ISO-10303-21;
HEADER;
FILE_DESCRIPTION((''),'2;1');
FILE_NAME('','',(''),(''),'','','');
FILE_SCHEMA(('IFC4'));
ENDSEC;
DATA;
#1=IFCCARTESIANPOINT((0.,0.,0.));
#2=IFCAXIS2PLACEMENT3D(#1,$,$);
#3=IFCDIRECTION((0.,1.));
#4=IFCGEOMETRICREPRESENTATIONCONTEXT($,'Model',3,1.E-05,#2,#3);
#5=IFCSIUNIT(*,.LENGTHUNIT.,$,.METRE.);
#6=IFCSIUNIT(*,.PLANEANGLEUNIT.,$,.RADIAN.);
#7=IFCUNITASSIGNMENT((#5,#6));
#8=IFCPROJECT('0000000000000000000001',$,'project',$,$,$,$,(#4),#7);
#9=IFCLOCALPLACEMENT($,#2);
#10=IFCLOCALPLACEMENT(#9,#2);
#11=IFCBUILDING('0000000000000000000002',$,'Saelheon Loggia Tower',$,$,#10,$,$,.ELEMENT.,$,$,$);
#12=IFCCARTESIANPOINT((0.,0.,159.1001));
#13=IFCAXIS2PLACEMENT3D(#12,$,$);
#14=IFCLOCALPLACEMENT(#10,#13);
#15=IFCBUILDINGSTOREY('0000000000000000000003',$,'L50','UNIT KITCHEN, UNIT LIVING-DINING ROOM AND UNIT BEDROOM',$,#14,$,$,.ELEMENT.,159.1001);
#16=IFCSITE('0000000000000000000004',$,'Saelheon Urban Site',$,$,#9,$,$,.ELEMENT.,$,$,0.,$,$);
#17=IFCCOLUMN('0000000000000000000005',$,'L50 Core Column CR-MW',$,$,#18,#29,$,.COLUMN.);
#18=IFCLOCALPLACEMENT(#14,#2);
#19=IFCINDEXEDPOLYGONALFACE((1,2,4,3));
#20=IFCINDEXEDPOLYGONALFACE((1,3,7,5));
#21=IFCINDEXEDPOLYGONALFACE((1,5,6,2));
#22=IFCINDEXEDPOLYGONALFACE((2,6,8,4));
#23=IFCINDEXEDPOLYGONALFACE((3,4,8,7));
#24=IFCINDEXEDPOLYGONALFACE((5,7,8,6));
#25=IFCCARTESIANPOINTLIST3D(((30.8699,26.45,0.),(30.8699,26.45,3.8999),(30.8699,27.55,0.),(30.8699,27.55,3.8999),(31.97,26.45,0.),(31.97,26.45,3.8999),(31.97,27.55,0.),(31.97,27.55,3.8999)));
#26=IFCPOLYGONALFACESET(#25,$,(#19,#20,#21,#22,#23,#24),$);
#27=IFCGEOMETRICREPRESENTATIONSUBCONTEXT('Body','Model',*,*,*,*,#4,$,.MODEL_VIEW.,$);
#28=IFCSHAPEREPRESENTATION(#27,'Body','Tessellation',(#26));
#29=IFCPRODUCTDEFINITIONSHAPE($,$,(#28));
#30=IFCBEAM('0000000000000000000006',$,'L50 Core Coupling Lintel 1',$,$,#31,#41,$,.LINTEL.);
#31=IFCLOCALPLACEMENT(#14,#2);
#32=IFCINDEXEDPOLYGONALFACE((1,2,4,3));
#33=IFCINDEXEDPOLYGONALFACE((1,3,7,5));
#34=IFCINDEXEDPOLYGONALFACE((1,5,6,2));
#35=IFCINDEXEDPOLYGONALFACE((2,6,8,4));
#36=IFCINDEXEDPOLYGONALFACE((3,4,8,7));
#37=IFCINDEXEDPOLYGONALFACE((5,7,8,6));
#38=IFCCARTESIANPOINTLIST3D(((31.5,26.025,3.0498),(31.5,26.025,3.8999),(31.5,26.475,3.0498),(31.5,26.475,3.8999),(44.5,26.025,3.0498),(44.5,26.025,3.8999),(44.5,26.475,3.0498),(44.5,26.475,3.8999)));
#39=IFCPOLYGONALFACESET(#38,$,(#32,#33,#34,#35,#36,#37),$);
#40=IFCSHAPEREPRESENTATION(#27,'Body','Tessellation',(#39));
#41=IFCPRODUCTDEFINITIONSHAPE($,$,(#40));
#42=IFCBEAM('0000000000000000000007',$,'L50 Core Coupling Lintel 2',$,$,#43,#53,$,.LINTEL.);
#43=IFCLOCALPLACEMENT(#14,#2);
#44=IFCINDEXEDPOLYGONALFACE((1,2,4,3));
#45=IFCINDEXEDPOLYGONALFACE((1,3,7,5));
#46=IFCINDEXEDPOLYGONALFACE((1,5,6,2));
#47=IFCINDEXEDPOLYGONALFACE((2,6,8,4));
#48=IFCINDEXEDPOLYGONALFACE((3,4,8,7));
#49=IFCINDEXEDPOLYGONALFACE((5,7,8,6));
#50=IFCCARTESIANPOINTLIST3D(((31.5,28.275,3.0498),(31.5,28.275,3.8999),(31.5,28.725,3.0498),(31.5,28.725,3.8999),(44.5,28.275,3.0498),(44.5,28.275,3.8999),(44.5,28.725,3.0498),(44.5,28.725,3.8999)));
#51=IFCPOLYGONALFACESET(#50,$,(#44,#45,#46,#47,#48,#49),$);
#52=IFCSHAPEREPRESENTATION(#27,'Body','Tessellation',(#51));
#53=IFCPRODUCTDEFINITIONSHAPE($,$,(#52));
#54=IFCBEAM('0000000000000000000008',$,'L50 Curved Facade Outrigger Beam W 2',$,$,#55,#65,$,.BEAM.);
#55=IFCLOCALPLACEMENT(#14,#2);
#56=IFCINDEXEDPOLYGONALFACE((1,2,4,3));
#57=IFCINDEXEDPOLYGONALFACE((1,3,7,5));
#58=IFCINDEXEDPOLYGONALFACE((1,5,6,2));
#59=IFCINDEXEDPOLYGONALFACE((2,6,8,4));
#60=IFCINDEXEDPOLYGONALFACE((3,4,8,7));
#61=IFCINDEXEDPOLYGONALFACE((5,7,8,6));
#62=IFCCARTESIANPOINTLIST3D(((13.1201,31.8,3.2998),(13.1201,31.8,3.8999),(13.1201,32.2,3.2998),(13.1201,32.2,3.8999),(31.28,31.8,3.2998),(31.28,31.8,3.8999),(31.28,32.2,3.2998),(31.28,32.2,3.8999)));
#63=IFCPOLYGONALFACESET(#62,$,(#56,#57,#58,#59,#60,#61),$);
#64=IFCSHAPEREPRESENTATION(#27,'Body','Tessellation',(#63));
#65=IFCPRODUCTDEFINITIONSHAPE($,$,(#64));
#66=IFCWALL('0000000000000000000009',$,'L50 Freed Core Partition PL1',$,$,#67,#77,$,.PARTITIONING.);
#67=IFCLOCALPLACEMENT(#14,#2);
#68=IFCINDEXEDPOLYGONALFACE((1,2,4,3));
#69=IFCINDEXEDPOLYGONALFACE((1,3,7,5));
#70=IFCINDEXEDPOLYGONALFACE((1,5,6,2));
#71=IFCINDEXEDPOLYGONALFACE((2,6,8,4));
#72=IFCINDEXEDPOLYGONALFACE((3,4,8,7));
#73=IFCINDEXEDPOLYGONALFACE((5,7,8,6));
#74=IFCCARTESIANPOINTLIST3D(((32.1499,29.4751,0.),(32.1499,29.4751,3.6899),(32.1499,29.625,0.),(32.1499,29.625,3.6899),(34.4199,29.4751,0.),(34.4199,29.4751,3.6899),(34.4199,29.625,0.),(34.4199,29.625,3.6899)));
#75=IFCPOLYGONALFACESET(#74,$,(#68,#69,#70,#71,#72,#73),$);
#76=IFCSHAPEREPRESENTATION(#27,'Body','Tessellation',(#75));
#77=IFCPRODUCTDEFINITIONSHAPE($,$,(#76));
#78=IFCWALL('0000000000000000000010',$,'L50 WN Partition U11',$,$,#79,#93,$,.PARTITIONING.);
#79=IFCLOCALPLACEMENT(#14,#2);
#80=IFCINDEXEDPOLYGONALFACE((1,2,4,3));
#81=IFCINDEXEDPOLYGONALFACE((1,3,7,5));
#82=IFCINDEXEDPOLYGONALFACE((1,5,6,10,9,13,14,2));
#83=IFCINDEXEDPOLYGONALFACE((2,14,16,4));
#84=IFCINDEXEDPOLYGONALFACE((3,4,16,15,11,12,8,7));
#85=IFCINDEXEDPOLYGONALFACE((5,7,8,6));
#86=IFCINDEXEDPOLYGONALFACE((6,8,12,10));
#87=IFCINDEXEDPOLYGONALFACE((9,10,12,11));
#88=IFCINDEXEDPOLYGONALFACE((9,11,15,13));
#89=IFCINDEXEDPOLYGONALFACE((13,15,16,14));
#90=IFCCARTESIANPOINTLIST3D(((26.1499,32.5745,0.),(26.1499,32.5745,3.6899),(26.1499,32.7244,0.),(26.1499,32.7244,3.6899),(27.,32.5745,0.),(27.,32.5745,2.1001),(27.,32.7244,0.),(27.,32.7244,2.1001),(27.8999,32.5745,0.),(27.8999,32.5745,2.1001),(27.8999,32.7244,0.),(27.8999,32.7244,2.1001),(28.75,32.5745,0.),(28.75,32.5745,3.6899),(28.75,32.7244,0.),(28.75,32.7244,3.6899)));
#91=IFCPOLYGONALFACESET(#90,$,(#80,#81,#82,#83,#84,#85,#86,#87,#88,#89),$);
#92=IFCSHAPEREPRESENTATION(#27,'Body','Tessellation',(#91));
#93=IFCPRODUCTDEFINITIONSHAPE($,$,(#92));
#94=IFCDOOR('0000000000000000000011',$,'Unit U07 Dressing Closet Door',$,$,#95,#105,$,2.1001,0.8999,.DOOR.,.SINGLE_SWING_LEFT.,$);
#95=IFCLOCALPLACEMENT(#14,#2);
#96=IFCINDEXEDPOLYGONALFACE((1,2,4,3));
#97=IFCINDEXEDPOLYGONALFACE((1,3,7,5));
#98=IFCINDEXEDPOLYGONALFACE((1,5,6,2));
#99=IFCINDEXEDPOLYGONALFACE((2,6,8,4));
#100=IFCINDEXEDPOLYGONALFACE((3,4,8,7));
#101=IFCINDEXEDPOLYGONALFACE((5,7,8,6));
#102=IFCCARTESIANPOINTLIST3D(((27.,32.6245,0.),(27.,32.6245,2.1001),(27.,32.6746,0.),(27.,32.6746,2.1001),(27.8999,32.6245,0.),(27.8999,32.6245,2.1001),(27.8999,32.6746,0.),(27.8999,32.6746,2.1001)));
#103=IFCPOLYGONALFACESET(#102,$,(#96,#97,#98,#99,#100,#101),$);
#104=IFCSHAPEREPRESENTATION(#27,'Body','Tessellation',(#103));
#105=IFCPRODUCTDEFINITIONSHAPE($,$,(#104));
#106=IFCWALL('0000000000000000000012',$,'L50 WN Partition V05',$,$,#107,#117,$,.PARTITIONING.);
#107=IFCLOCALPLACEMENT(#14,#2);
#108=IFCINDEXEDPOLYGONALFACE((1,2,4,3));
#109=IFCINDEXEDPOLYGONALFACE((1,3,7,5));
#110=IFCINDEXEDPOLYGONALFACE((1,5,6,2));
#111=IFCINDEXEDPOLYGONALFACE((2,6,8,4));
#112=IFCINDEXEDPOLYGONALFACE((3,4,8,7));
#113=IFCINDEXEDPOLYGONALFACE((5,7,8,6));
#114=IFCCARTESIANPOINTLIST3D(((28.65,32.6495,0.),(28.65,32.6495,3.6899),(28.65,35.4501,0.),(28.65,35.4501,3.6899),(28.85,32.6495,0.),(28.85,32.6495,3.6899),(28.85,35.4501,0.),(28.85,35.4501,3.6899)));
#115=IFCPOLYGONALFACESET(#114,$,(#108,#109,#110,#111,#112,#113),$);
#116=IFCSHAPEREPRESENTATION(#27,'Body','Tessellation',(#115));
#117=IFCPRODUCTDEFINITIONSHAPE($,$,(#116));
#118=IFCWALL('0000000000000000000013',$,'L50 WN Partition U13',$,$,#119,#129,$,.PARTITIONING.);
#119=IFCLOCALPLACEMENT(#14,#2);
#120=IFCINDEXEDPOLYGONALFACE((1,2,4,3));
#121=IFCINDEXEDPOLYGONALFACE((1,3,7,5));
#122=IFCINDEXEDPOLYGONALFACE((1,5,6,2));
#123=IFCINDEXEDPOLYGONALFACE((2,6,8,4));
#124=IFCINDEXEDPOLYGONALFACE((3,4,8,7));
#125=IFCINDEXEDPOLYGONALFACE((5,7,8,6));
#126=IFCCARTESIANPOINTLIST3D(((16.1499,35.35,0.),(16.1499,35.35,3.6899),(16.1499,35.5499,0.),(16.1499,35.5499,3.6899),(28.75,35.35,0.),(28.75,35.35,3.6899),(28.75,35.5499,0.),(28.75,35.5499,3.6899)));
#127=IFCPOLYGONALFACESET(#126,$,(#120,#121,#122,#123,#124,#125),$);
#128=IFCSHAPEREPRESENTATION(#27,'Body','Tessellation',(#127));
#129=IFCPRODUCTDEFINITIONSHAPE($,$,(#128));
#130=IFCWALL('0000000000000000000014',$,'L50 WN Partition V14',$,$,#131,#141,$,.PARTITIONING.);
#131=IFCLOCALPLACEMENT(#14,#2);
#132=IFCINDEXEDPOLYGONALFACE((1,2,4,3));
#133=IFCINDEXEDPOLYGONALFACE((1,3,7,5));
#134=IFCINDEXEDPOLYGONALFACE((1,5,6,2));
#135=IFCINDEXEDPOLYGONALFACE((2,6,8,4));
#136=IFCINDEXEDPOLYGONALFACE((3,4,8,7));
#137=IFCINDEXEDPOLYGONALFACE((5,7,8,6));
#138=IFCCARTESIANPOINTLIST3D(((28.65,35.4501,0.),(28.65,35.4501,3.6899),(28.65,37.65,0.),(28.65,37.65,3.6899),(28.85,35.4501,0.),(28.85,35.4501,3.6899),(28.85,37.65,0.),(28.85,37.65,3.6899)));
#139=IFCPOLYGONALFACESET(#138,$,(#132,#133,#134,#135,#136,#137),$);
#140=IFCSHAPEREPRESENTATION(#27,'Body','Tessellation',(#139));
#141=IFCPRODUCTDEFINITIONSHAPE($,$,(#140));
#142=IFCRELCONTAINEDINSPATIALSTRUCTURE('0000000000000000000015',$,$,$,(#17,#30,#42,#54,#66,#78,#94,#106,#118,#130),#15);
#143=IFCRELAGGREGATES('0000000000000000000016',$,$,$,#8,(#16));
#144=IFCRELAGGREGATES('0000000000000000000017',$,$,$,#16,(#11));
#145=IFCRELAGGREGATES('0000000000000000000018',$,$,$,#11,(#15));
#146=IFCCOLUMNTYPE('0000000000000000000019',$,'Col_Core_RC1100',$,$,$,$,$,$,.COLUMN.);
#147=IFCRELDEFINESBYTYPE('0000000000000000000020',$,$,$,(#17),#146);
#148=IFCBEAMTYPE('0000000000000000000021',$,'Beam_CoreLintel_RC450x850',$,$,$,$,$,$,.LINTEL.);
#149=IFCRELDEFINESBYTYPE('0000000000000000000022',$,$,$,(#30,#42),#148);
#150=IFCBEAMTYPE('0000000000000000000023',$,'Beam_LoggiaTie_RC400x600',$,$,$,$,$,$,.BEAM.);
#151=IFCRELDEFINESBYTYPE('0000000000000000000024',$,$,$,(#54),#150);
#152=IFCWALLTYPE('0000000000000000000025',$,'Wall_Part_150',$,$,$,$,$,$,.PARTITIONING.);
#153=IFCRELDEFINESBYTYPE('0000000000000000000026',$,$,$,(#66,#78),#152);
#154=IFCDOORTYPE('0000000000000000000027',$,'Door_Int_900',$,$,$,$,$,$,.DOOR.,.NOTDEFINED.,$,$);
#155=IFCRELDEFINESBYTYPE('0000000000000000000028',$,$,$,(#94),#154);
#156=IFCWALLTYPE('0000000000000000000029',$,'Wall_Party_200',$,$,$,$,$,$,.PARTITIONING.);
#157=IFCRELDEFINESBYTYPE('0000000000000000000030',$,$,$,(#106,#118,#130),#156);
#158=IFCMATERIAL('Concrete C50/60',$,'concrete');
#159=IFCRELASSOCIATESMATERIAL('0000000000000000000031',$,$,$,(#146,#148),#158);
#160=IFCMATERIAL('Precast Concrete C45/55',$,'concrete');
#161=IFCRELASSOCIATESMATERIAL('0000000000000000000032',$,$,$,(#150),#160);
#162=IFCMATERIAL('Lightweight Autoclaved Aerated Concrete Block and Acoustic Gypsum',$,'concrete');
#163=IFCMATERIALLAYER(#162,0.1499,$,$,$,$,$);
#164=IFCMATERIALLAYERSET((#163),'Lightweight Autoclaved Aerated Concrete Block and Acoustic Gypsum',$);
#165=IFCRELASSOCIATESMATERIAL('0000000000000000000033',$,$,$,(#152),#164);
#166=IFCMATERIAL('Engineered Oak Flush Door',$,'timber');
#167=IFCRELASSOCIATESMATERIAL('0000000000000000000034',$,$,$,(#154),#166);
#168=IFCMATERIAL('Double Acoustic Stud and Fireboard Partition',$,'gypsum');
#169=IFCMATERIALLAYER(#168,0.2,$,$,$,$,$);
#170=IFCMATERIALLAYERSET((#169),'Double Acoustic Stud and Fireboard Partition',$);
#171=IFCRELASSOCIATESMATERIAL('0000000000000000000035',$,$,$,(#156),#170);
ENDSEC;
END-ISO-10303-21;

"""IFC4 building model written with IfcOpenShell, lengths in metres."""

from ifc_helpers import new_model, si_unit, direction, frame, frame_2d, origin, origin_2d, place, context, subcontext, project, spatial, rectangle, extrude, source, transform, mapped, material, layer, layer_set, material_profile, profile_set, type_object, element, fill, save


model = new_model("IFC4")

# Units and contexts
model_context = context("Model", 3, precision=1e-05, world=origin(), true_north=direction((0.0, 1.0)))
body_context = subcontext(model_context, "Body", "Model", "MODEL_VIEW")
ifc_project = project(units=[si_unit("LENGTHUNIT", "METRE"), si_unit("PLANEANGLEUNIT", "RADIAN")], contexts=[model_context])

# Site, building, storey
site_placement = place(None, origin())
site = spatial("IfcSite", under=ifc_project, at=site_placement, Name="Saelheon Urban Site", CompositionType="ELEMENT", RefElevation=0.0)
building_placement = place(site_placement, origin())
building = spatial("IfcBuilding", under=site, at=building_placement, Name="Saelheon Loggia Tower", CompositionType="ELEMENT")
storey_placement = place(building_placement, frame((0.0, 0.0, 159.1001)))
storey = spatial("IfcBuildingStorey", under=building, at=storey_placement, Name="L50", Description="UNIT KITCHEN, UNIT LIVING-DINING ROOM AND UNIT BEDROOM", CompositionType="ELEMENT", Elevation=159.1001)

# Column
ifc_material_1 = material(Name="Concrete C50/60", Category="concrete")
ifc_material_profile_1 = material_profile(ifc_material_1, rectangle(XDim=1.1001, YDim=1.1001, at=origin_2d()), Name="RC-1100x1100")
ifc_profile_set_1 = profile_set([ifc_material_profile_1], Name="Concrete C50/60")
column_type = type_object("IfcColumnType", Name="Col_Core_RC1100", PredefinedType="COLUMN", material=ifc_profile_set_1)
shared_shape_1 = source(origin(), body_context, "Body", "SweptSolid", [
    extrude(rectangle(XDim=1.1001, YDim=1.1001, at=origin_2d()), origin(), (0.0, 0.0, 1.0), 3.8999),
])
column_placement = place(storey_placement, frame((31.4199, 27.0, 0.0), z_axis=(0.0, 0.0, 1.0), x_axis=(1.0, 0.0, 0.0)))
element("IfcColumn", 1, at=column_placement, inside=storey, type_object=column_type, Name="L50 Core Column CR-MW", PredefinedType="COLUMN", context=body_context, shape_type="MappedRepresentation", body=[
    mapped(shared_shape_1, transform((0.0, 0.0, 0.0), scale=1.0)),
])

# Beams
ifc_material_profile_2 = material_profile(ifc_material_1, rectangle(XDim=0.45, YDim=0.8501, at=origin_2d()), Name="RC-450x850")
ifc_profile_set_2 = profile_set([ifc_material_profile_2], Name="Concrete C50/60")
beam_type_1 = type_object("IfcBeamType", Name="Beam_CoreLintel_RC450x850", PredefinedType="LINTEL", material=ifc_profile_set_2)
shared_shape_2 = source(origin(), body_context, "Body", "SweptSolid", [
    extrude(rectangle(XDim=0.45, YDim=0.8501, at=origin_2d()), origin(), (0.0, 0.0, 1.0), 13.0),
])
for number, where, z_axis, x_axis, name in (
    (2, (31.5, 26.25, 3.4749), (1.0, 0.0, 0.0), (0.0, 1.0, 0.0), "L50 Core Coupling Lintel 1"),
    (3, (31.5, 28.5, 3.4749), (1.0, 0.0, 0.0), (0.0, 1.0, 0.0), "L50 Core Coupling Lintel 2"),
):
    element("IfcBeam", number, at=place(storey_placement, frame(where, z_axis=z_axis, x_axis=x_axis)), inside=storey, type_object=beam_type_1, Name=name, PredefinedType="LINTEL", context=body_context, shape_type="MappedRepresentation", body=[
        mapped(shared_shape_2, transform((0.0, 0.0, 0.0), scale=1.0)),
    ])
ifc_material_2 = material(Name="Precast Concrete C45/55", Category="concrete")
ifc_material_profile_3 = material_profile(ifc_material_2, rectangle(XDim=0.3999, YDim=0.6001, at=origin_2d()), Name="RC-400x600")
ifc_profile_set_3 = profile_set([ifc_material_profile_3], Name="Precast Concrete C45/55")
beam_type_2 = type_object("IfcBeamType", Name="Beam_LoggiaTie_RC400x600", PredefinedType="BEAM", material=ifc_profile_set_3)
shared_shape_3 = source(origin(), body_context, "Body", "SweptSolid", [
    extrude(rectangle(XDim=0.3999, YDim=0.6001, at=origin_2d()), origin(), (0.0, 0.0, 1.0), 18.1599),
])
beam_placement = place(storey_placement, frame((31.28, 32.0, 3.5999), z_axis=(-1.0, 0.0, 0.0), x_axis=(0.0, -1.0, 0.0)))
element("IfcBeam", 4, at=beam_placement, inside=storey, type_object=beam_type_2, Name="L50 Curved Facade Outrigger Beam W 2", PredefinedType="BEAM", context=body_context, shape_type="MappedRepresentation", body=[
    mapped(shared_shape_3, transform((0.0, 0.0, 0.0), scale=1.0)),
])

# Wall
ifc_material_3 = material(Name="Lightweight Autoclaved Aerated Concrete Block and Acoustic Gypsum", Category="concrete")
ifc_layer_1 = layer(ifc_material_3, 0.1499)
ifc_layer_set_1 = layer_set([ifc_layer_1], Name="Lightweight Autoclaved Aerated Concrete Block and Acoustic Gypsum")
wall_type_1 = type_object("IfcWallType", Name="Wall_Part_150", PredefinedType="PARTITIONING", material=ifc_layer_set_1)
wall_1_placement = place(storey_placement, frame((32.1499, 29.55, 0.0), z_axis=(0.0, 0.0, 1.0), x_axis=(1.0, 0.0, 0.0)))
element("IfcWall", 5, at=wall_1_placement, inside=storey, type_object=wall_type_1, Name="L50 Freed Core Partition PL1", PredefinedType="PARTITIONING", context=body_context, shape_type="SweptSolid", body=[
    extrude(rectangle(XDim=2.27, YDim=0.1499, at=frame_2d((1.135, 0.0))), origin(), (0.0, 0.0, 1.0), 3.6899),
])

# Wall, opening, door
wall_2_placement = place(storey_placement, frame((28.75, 32.6494, 0.0), z_axis=(0.0, 0.0, 1.0), x_axis=(-1.0, 0.0, 0.0)))
wall_2 = element("IfcWall", 6, at=wall_2_placement, inside=storey, type_object=wall_type_1, Name="L50 WN Partition U11", PredefinedType="PARTITIONING", context=body_context, shape_type="SweptSolid", body=[
    extrude(rectangle(XDim=2.6001, YDim=0.1499, at=frame_2d((1.3, 0.0))), origin(), (0.0, 0.0, 1.0), 3.6899),
])
opening_1_placement = place(wall_2_placement, frame((0.8501, 0.0, 0.0)))
opening_1 = element("IfcOpeningElement", 7, at=opening_1_placement, cuts=wall_2, PredefinedType="OPENING", context=body_context, shape_type="SweptSolid", body=[
    extrude(rectangle(XDim=0.8999, YDim=2.1001, at=frame_2d((0.45, 1.05))), frame((0.0, 0.0869, 0.0), z_axis=(0.0, -1.0, 0.0), x_axis=(1.0, 0.0, 0.0)), (0.0, 0.0, 1.0), 0.1738),
])
ifc_material_4 = material(Name="Engineered Oak Flush Door", Category="timber")
door_type_1 = type_object("IfcDoorType", Name="Door_Int_900", OperationType="NOTDEFINED", PredefinedType="DOOR", material=ifc_material_4)
shared_shape_4 = source(origin(), body_context, "Body", "SweptSolid", [
    extrude(rectangle(XDim=0.8999, YDim=2.1001, at=frame_2d((0.45, 1.05))), frame((0.0, 0.0249, 0.0), z_axis=(0.0, -1.0, 0.0), x_axis=(1.0, 0.0, 0.0)), (0.0, 0.0, 1.0), 0.05),
])
door_1_placement = place(opening_1_placement, origin())
door_1 = element("IfcDoor", 8, at=door_1_placement, inside=storey, type_object=door_type_1, Name="Unit U07 Dressing Closet Door", OperationType="SINGLE_SWING_LEFT", OverallHeight=2.1001, OverallWidth=0.8999, PredefinedType="DOOR", context=body_context, shape_type="MappedRepresentation", body=[
    mapped(shared_shape_4, transform((0.0, 0.0, 0.0), scale=1.0)),
])
fill(opening_1, door_1)

# Walls
ifc_material_5 = material(Name="Double Acoustic Stud and Fireboard Partition", Category="gypsum")
ifc_layer_2 = layer(ifc_material_5, 0.2)
ifc_layer_set_2 = layer_set([ifc_layer_2], Name="Double Acoustic Stud and Fireboard Partition")
wall_type_2 = type_object("IfcWallType", Name="Wall_Party_200", PredefinedType="PARTITIONING", material=ifc_layer_set_2)
wall_3_placement = place(storey_placement, frame((28.75, 32.6494, 0.0), z_axis=(0.0, 0.0, 1.0), x_axis=(0.0, 1.0, 0.0)))
element("IfcWall", 9, at=wall_3_placement, inside=storey, type_object=wall_type_2, Name="L50 WN Partition V05", PredefinedType="PARTITIONING", context=body_context, shape_type="SweptSolid", body=[
    extrude(rectangle(XDim=2.8005, YDim=0.2, at=frame_2d((1.4004, 0.0))), origin(), (0.0, 0.0, 1.0), 3.6899),
])
wall_4_placement = place(storey_placement, frame((28.75, 35.45, 0.0), z_axis=(0.0, 0.0, 1.0), x_axis=(-1.0, 0.0, 0.0)))
element("IfcWall", 10, at=wall_4_placement, inside=storey, type_object=wall_type_2, Name="L50 WN Partition U13", PredefinedType="PARTITIONING", context=body_context, shape_type="SweptSolid", body=[
    extrude(rectangle(XDim=12.6001, YDim=0.2, at=frame_2d((6.3, 0.0))), origin(), (0.0, 0.0, 1.0), 3.6899),
])
wall_5_placement = place(storey_placement, frame((28.75, 35.45, 0.0), z_axis=(0.0, 0.0, 1.0), x_axis=(0.0, 1.0, 0.0)))
element("IfcWall", 11, at=wall_5_placement, inside=storey, type_object=wall_type_2, Name="L50 WN Partition V14", PredefinedType="PARTITIONING", context=body_context, shape_type="SweptSolid", body=[
    extrude(rectangle(XDim=2.2, YDim=0.2, at=frame_2d((1.1001, 0.0))), origin(), (0.0, 0.0, 1.0), 3.6899),
])

save(model, "model.ifc")
